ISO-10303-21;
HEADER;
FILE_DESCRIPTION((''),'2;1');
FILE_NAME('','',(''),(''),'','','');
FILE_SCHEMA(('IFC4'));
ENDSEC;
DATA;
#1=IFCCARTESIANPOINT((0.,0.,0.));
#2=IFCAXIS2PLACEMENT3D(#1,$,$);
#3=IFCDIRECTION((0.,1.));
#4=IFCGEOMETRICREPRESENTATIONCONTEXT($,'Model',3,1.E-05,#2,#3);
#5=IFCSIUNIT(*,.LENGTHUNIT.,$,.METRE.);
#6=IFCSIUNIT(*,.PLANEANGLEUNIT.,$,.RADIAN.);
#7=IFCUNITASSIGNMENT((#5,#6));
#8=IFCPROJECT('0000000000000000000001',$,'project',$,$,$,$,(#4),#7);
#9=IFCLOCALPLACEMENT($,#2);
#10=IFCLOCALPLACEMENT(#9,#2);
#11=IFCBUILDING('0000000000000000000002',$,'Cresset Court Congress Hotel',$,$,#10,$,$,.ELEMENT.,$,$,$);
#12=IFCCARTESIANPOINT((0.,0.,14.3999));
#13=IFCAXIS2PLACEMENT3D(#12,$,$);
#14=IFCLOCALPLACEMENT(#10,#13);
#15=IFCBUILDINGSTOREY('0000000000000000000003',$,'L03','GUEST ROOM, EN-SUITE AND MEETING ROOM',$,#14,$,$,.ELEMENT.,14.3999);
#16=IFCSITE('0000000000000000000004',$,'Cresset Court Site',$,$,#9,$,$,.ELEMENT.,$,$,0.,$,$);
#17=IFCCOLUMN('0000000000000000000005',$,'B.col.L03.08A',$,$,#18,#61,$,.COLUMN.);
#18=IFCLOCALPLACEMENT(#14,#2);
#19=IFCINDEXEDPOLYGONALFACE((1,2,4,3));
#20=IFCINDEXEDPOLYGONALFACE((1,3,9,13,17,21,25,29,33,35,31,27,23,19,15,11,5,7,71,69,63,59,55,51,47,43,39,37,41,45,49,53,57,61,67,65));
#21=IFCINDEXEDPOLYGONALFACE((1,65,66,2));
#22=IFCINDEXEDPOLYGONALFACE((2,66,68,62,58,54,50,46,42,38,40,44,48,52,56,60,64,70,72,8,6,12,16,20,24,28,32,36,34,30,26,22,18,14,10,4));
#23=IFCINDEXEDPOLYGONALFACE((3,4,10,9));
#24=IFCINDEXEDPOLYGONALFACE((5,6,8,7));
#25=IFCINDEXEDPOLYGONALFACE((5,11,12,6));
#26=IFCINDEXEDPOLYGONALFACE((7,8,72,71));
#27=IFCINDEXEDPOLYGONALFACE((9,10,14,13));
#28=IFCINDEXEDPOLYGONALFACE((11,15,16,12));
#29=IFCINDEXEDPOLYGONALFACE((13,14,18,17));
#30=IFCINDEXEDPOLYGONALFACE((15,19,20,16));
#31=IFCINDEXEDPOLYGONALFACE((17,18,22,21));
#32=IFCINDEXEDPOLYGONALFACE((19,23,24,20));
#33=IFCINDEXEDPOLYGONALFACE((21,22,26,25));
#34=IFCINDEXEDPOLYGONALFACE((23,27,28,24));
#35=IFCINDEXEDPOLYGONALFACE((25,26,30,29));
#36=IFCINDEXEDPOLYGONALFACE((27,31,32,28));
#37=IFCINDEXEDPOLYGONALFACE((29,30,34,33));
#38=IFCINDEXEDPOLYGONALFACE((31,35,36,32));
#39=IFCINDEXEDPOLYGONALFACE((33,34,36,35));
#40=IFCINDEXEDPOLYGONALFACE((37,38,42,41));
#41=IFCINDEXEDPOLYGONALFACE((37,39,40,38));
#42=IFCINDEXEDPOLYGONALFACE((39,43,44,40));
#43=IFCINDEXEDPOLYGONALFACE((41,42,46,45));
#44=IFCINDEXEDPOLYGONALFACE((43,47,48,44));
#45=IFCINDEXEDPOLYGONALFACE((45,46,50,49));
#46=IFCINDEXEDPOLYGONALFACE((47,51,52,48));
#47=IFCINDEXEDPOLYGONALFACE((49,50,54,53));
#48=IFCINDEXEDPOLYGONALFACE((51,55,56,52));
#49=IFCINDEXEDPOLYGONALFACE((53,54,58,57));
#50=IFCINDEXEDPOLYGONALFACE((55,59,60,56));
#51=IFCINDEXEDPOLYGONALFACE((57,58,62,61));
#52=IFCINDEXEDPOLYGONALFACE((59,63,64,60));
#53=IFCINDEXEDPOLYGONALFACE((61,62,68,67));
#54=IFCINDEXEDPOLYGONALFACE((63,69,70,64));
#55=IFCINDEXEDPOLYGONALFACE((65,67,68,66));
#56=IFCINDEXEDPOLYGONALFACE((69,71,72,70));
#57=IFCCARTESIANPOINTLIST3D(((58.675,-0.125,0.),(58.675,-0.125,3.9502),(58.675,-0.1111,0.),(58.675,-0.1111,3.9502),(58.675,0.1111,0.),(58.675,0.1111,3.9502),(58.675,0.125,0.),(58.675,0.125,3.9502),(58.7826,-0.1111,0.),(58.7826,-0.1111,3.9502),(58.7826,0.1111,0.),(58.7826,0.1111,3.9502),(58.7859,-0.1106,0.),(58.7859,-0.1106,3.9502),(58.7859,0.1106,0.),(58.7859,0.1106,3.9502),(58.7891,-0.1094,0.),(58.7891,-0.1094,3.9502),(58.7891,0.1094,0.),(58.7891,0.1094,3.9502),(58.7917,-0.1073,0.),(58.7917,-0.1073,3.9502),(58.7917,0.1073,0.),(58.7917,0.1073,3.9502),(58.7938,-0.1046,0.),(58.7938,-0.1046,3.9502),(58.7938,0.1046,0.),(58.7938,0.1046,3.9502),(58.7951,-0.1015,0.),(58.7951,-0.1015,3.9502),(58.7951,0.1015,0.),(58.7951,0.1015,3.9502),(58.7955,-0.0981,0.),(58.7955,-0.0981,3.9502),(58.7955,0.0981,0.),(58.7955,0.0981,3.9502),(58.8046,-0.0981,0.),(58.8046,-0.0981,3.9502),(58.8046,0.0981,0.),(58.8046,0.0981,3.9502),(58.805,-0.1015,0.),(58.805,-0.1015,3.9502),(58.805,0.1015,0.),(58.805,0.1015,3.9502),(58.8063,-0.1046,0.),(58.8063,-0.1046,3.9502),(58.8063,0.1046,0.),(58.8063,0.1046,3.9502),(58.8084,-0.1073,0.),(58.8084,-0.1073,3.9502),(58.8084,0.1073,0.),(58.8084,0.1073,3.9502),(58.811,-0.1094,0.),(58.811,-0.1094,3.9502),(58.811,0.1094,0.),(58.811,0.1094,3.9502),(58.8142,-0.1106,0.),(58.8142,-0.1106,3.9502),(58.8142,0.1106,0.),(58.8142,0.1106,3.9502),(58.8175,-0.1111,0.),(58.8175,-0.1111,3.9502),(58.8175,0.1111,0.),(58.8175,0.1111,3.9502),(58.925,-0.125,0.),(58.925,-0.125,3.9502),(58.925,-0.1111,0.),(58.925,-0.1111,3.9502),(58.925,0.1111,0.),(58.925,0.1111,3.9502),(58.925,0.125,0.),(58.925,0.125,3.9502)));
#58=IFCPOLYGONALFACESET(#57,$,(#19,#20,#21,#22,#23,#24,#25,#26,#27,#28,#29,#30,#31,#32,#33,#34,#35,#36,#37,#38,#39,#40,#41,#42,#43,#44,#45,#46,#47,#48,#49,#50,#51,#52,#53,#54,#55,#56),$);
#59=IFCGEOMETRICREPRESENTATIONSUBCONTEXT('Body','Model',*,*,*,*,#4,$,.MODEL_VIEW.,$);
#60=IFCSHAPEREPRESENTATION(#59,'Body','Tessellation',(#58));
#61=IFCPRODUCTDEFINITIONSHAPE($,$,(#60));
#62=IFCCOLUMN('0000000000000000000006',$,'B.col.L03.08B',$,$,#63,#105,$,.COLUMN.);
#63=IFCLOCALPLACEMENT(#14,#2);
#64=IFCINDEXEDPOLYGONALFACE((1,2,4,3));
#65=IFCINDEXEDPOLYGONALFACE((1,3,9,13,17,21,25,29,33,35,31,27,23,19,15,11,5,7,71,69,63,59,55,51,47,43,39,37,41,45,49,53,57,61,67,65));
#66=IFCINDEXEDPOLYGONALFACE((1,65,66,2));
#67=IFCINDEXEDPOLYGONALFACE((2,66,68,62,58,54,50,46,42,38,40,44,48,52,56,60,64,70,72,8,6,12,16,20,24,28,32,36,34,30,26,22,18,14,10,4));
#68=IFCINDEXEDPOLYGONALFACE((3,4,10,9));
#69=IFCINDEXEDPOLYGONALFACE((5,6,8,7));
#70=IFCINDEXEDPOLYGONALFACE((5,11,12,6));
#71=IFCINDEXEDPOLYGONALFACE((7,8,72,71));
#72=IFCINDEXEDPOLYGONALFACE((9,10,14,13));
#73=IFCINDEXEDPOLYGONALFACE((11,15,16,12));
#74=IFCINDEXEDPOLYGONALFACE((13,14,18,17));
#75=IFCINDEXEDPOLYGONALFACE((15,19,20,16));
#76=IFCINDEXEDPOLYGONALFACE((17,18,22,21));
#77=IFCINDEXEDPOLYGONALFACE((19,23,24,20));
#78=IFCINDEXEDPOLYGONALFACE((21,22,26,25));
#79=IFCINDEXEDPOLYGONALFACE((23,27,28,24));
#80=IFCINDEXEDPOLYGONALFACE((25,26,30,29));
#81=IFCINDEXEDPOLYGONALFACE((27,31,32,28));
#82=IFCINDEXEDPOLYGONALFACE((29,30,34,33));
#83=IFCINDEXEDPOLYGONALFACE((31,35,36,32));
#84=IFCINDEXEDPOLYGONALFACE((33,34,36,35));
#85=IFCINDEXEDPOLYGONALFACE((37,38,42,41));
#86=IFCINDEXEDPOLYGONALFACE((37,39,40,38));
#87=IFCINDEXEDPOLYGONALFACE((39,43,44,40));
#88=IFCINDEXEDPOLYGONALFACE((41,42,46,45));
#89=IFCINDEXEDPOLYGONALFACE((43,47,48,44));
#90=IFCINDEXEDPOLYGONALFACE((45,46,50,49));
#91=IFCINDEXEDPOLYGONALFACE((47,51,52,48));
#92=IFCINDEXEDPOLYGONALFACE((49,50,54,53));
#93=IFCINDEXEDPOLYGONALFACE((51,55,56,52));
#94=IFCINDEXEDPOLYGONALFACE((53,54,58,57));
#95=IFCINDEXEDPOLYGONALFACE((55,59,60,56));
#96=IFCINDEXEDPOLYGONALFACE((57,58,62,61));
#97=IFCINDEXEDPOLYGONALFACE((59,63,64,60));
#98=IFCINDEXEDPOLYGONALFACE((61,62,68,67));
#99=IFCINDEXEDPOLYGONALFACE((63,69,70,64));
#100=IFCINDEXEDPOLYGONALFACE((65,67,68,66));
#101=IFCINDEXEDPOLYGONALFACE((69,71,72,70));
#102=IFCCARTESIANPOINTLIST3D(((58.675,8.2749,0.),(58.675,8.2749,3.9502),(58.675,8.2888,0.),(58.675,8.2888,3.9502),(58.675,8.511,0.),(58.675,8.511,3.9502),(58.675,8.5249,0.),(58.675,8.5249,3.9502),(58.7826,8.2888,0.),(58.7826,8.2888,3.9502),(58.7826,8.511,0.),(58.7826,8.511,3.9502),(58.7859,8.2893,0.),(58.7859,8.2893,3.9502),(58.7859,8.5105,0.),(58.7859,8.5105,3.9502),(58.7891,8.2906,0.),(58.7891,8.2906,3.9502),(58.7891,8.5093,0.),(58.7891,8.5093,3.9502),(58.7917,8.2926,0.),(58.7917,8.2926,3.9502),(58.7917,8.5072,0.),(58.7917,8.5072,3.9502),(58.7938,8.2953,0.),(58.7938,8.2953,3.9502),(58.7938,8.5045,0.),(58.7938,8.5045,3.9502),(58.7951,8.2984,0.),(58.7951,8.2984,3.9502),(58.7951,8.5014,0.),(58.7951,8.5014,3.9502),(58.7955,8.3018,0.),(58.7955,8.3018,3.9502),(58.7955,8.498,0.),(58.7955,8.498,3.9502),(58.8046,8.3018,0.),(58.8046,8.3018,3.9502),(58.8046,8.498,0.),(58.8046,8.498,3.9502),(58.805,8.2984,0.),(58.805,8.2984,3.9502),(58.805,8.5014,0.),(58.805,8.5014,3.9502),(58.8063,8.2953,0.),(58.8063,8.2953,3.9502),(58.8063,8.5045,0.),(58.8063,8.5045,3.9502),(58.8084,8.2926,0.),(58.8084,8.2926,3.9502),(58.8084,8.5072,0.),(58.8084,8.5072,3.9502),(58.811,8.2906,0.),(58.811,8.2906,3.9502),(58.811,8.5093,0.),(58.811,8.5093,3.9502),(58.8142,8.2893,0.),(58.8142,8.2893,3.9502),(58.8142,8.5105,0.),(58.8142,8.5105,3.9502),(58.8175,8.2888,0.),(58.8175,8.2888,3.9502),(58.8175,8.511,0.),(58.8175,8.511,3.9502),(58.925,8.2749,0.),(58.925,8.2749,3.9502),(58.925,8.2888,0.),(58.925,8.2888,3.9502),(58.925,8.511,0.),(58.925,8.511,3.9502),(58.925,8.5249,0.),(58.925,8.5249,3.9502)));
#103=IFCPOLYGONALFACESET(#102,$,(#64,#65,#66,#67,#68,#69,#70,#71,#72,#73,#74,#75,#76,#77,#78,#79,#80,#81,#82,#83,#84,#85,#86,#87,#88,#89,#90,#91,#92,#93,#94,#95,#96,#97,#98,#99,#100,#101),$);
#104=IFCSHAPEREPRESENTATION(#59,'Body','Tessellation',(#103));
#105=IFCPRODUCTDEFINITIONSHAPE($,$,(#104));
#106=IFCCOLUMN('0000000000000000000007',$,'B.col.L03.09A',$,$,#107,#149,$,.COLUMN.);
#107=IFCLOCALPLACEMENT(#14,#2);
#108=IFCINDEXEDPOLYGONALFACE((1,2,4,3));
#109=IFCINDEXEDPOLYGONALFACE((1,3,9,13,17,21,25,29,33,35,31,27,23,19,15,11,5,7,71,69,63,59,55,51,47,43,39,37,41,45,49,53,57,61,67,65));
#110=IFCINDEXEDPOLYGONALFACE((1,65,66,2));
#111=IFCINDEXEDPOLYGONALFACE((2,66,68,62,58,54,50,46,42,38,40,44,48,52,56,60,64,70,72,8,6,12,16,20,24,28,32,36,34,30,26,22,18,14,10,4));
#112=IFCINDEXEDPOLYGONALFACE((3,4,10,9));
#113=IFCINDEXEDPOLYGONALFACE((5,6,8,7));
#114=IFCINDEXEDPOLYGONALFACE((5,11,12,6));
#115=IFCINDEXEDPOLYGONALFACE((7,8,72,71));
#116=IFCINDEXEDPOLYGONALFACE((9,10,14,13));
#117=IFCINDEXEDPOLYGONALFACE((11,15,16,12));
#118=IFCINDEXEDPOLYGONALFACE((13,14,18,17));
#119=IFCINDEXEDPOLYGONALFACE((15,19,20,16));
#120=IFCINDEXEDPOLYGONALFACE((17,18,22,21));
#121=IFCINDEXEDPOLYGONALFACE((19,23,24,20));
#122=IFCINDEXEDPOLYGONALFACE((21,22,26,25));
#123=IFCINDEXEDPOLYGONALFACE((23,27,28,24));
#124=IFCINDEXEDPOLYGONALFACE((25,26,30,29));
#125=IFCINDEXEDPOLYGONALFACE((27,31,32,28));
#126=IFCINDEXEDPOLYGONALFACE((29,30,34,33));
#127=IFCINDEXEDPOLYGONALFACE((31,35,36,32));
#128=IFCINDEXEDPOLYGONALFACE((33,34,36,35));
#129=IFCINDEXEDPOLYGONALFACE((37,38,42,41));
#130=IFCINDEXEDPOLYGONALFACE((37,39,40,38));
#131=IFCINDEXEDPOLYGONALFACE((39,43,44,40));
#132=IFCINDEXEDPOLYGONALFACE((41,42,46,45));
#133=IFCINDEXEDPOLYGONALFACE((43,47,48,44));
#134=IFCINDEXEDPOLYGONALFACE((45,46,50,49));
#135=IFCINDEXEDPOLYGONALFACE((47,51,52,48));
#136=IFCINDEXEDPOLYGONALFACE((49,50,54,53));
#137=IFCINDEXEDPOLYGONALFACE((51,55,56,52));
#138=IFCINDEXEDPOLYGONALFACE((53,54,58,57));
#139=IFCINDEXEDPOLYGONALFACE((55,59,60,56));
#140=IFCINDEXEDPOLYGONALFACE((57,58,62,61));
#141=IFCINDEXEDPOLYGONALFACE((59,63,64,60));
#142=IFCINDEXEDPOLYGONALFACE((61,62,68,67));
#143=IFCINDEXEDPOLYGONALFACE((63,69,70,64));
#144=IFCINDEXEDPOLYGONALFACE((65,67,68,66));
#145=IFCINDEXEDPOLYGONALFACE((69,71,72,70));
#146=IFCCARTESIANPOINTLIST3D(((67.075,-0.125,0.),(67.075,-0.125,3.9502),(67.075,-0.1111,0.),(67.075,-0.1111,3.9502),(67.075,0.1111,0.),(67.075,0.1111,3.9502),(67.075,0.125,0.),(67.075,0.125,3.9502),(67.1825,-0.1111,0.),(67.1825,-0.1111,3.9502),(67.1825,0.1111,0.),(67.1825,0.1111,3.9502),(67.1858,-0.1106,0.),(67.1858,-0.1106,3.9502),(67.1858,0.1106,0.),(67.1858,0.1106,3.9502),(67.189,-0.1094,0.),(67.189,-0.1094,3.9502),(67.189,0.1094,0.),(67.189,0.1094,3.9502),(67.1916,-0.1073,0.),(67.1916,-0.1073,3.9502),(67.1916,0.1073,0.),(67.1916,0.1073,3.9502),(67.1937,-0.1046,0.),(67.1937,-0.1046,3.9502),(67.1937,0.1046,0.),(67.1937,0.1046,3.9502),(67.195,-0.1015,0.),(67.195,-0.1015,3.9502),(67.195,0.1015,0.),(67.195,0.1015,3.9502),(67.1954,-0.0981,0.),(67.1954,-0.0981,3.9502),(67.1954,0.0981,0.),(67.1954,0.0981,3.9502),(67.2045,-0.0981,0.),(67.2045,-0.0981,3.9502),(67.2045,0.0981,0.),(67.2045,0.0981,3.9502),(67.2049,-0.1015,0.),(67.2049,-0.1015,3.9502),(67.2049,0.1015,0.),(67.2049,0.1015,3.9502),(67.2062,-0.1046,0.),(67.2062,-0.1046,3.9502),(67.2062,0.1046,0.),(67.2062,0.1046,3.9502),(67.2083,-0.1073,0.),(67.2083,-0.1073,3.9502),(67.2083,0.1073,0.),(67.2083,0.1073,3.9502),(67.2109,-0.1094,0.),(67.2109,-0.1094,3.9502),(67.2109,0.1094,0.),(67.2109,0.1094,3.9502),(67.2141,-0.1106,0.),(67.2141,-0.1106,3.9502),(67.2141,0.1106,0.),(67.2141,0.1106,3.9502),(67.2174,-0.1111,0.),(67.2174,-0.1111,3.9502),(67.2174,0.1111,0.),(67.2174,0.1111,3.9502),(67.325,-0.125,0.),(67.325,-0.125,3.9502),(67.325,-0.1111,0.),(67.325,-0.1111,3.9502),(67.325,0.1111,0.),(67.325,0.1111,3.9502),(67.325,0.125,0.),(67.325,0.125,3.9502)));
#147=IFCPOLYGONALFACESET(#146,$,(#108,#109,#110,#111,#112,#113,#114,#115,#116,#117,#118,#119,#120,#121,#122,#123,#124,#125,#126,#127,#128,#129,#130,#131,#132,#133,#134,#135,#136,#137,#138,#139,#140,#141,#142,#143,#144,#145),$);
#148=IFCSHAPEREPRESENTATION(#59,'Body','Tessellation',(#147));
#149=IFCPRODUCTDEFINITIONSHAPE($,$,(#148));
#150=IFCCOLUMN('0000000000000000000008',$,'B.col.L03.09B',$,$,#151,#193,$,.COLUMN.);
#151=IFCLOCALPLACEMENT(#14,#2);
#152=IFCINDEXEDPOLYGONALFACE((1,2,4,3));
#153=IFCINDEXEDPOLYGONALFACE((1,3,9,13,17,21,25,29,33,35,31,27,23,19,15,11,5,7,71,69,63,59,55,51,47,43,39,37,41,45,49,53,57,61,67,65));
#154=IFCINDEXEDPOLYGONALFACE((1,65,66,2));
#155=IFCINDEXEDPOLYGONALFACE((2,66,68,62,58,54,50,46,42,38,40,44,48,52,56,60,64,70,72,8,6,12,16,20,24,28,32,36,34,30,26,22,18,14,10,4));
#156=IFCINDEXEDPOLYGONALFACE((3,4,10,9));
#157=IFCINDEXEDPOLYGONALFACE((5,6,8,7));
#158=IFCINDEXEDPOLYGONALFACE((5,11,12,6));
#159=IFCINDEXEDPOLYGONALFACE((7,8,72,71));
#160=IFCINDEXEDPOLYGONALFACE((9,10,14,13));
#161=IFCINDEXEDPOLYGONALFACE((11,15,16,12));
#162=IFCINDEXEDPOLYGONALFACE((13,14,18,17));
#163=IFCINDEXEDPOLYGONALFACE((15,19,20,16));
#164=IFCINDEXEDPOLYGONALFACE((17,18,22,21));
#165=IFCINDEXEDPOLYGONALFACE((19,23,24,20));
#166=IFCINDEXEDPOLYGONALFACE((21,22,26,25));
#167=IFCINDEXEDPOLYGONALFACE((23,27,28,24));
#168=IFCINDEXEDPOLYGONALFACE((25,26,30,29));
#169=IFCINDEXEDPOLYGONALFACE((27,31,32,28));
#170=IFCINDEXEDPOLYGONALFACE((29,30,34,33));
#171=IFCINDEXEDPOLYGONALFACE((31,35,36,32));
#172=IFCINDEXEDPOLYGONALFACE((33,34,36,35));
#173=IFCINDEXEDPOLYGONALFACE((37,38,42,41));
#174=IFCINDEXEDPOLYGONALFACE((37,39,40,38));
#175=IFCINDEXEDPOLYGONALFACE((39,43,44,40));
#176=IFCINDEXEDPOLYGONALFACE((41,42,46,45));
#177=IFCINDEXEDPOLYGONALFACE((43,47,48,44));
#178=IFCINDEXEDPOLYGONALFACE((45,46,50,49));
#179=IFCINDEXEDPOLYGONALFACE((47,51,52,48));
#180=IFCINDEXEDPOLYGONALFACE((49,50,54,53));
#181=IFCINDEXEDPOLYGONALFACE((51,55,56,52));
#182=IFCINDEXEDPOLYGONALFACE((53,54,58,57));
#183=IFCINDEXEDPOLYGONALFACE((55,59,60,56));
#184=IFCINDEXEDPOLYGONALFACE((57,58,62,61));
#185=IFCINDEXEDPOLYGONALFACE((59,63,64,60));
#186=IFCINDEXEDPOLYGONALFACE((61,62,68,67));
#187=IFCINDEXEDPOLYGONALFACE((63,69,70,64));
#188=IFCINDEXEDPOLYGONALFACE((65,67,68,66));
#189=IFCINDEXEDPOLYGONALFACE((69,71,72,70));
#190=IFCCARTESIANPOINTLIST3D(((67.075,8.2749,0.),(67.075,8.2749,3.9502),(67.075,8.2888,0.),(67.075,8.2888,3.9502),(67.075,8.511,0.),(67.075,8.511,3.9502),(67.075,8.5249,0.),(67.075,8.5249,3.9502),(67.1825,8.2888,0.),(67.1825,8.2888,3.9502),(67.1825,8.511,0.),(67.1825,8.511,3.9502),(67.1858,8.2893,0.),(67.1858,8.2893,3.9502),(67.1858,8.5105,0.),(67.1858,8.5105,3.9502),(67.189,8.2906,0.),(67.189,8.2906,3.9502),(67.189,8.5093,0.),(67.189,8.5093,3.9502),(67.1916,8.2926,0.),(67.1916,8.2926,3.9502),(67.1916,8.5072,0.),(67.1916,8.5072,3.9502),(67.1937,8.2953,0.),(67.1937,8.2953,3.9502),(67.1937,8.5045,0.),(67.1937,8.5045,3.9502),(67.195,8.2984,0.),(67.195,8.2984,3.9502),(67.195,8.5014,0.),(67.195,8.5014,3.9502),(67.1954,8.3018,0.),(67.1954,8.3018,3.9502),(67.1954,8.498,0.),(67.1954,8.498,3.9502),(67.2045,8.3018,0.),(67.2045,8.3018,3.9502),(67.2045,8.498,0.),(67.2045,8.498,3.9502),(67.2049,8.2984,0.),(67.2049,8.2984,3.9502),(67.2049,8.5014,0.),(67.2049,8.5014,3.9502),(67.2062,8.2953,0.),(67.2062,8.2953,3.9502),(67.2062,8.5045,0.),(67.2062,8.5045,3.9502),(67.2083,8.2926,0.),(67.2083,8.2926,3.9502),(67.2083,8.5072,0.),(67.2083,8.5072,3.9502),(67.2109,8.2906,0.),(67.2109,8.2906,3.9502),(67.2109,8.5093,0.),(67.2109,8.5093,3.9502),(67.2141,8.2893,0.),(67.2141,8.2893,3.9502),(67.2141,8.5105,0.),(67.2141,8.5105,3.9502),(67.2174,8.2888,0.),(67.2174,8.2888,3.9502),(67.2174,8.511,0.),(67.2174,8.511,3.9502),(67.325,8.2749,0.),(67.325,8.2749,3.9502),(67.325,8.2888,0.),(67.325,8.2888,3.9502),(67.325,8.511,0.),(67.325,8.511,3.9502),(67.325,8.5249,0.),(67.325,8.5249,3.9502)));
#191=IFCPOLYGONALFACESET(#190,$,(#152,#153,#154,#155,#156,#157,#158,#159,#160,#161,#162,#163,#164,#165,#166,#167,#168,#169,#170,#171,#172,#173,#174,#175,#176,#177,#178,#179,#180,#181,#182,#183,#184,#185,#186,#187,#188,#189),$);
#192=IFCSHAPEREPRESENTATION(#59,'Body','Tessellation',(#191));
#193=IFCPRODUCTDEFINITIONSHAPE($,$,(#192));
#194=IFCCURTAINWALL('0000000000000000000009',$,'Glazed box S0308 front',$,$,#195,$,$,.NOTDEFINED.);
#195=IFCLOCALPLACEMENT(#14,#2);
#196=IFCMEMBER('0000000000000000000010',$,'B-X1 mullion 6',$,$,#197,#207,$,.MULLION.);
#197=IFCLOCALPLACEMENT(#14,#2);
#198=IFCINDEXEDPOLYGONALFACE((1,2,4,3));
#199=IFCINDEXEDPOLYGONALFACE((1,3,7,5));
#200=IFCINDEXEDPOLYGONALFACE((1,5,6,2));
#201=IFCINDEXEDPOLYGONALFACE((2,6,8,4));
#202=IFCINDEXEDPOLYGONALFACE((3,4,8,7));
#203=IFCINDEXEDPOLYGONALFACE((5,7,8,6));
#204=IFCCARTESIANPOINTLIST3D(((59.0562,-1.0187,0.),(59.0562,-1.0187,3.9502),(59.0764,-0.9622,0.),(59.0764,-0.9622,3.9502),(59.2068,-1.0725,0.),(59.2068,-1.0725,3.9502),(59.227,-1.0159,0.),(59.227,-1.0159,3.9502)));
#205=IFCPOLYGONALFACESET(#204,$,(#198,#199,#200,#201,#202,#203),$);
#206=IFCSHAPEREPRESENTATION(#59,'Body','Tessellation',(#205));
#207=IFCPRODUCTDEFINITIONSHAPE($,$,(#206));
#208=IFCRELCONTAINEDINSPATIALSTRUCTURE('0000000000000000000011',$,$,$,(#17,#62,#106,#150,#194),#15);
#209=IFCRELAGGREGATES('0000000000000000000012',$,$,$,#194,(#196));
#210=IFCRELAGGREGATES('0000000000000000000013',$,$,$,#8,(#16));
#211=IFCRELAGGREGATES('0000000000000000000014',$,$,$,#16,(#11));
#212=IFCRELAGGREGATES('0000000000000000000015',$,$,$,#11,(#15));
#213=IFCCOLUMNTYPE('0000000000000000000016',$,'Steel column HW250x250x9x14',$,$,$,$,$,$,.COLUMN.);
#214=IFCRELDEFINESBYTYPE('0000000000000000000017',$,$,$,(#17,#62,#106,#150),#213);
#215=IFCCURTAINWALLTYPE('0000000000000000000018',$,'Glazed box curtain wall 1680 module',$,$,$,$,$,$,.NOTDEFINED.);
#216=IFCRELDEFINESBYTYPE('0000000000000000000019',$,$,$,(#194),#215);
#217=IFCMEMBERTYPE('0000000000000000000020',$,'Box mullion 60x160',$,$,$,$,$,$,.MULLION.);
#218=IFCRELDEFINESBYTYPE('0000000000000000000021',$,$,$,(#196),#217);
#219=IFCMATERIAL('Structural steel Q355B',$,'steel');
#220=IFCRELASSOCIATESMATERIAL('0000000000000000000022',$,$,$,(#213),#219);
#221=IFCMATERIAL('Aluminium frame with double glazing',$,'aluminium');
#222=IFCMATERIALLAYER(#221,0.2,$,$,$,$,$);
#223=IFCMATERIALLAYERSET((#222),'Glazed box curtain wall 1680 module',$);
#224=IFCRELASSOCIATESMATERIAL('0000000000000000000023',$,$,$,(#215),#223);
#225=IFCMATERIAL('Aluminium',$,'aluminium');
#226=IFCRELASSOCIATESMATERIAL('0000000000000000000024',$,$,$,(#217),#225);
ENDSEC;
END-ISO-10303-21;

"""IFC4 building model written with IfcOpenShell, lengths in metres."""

from ifc_helpers import new_model, si_unit, direction, frame, origin, origin_2d, place, context, subcontext, project, spatial, rectangle, i_section, extrude, material, layer, layer_set, material_profile, profile_set, type_object, element, aggregate, save


model = new_model("IFC4")

# Units and contexts
model_context = context("Model", 3, precision=1e-05, world=origin(), true_north=direction((0.0, 1.0)))
body_context = subcontext(model_context, "Body", "Model", "MODEL_VIEW")
ifc_project = project(units=[si_unit("LENGTHUNIT", "METRE"), si_unit("PLANEANGLEUNIT", "RADIAN")], contexts=[model_context])

# Site, building, storey
site_placement = place(None, origin())
site = spatial("IfcSite", under=ifc_project, at=site_placement, Name="Cresset Court Site", CompositionType="ELEMENT", RefElevation=0.0)
building_placement = place(site_placement, origin())
building = spatial("IfcBuilding", under=site, at=building_placement, Name="Cresset Court Congress Hotel", CompositionType="ELEMENT")
storey_placement = place(building_placement, frame((0.0, 0.0, 14.3999)))
storey = spatial("IfcBuildingStorey", under=building, at=storey_placement, Name="L03", Description="GUEST ROOM, EN-SUITE AND MEETING ROOM", CompositionType="ELEMENT", Elevation=14.3999)

# Columns
ifc_material_1 = material(Name="Structural steel Q355B", Category="steel")
ifc_material_profile_1 = material_profile(ifc_material_1, i_section(OverallWidth=0.25, OverallDepth=0.25, WebThickness=0.009, FlangeThickness=0.0139, FilletRadius=0.0129, at=origin_2d()), Name="HW250x250x9x14")
ifc_profile_set_1 = profile_set([ifc_material_profile_1], Name="Structural steel Q355B")
column_type = type_object("IfcColumnType", Name="Steel column HW250x250x9x14", PredefinedType="COLUMN", material=ifc_profile_set_1)
for number, where, z_axis, x_axis, name in (
    (1, (58.8, 0.0, 0.0), (0.0, 0.0, 1.0), (1.0, 0.0, 0.0), "B.col.L03.08A"),
    (2, (58.8, 8.3999, 0.0), (0.0, 0.0, 1.0), (1.0, 0.0, 0.0), "B.col.L03.08B"),
    (3, (67.2, 0.0, 0.0), (0.0, 0.0, 1.0), (1.0, 0.0, 0.0), "B.col.L03.09A"),
    (4, (67.2, 8.3999, 0.0), (0.0, 0.0, 1.0), (1.0, 0.0, 0.0), "B.col.L03.09B"),
):
    element("IfcColumn", number, at=place(storey_placement, frame(where, z_axis=z_axis, x_axis=x_axis)), inside=storey, type_object=column_type, Name=name, PredefinedType="COLUMN", context=body_context, shape_type="SweptSolid", body=[
        extrude(i_section(OverallWidth=0.25, OverallDepth=0.25, WebThickness=0.009, FlangeThickness=0.0139, FilletRadius=0.0129, at=origin_2d()), origin(), (0.0, 0.0, 1.0), 3.9502),
    ])

# Curtain wall, member
ifc_material_2 = material(Name="Aluminium frame with double glazing", Category="aluminium")
ifc_layer_1 = layer(ifc_material_2, 0.2)
ifc_layer_set_1 = layer_set([ifc_layer_1], Name="Glazed box curtain wall 1680 module")
curtain_wall_type = type_object("IfcCurtainWallType", Name="Glazed box curtain wall 1680 module", PredefinedType="NOTDEFINED", material=ifc_layer_set_1)
curtain_wall_1_placement = place(storey_placement, origin())
curtain_wall_1 = element("IfcCurtainWall", 5, at=curtain_wall_1_placement, inside=storey, type_object=curtain_wall_type, Name="Glazed box S0308 front", PredefinedType="NOTDEFINED")
ifc_material_3 = material(Name="Aluminium", Category="aluminium")
ifc_material_profile_2 = material_profile(ifc_material_3, rectangle(XDim=0.0601, YDim=0.1599, at=origin_2d()), Name="Box mullion 60x160")
ifc_profile_set_2 = profile_set([ifc_material_profile_2], Name="Aluminium")
member_type_1 = type_object("IfcMemberType", Name="Box mullion 60x160", PredefinedType="MULLION", material=ifc_profile_set_2)
member_1_placement = place(storey_placement, frame((59.1416, -1.0173, 0.0), z_axis=(0.0, 0.0, 1.0), x_axis=(0.336336, 0.941742, 0.0)))
member_1 = element("IfcMember", 6, at=member_1_placement, type_object=member_type_1, Name="B-X1 mullion 6", PredefinedType="MULLION", context=body_context, shape_type="SweptSolid", body=[
    extrude(rectangle(XDim=0.0601, YDim=0.1599, at=origin_2d()), origin(), (0.0, 0.0, 1.0), 3.9502),
])
aggregate(curtain_wall_1, [member_1])

save(model, "model.ifc")
